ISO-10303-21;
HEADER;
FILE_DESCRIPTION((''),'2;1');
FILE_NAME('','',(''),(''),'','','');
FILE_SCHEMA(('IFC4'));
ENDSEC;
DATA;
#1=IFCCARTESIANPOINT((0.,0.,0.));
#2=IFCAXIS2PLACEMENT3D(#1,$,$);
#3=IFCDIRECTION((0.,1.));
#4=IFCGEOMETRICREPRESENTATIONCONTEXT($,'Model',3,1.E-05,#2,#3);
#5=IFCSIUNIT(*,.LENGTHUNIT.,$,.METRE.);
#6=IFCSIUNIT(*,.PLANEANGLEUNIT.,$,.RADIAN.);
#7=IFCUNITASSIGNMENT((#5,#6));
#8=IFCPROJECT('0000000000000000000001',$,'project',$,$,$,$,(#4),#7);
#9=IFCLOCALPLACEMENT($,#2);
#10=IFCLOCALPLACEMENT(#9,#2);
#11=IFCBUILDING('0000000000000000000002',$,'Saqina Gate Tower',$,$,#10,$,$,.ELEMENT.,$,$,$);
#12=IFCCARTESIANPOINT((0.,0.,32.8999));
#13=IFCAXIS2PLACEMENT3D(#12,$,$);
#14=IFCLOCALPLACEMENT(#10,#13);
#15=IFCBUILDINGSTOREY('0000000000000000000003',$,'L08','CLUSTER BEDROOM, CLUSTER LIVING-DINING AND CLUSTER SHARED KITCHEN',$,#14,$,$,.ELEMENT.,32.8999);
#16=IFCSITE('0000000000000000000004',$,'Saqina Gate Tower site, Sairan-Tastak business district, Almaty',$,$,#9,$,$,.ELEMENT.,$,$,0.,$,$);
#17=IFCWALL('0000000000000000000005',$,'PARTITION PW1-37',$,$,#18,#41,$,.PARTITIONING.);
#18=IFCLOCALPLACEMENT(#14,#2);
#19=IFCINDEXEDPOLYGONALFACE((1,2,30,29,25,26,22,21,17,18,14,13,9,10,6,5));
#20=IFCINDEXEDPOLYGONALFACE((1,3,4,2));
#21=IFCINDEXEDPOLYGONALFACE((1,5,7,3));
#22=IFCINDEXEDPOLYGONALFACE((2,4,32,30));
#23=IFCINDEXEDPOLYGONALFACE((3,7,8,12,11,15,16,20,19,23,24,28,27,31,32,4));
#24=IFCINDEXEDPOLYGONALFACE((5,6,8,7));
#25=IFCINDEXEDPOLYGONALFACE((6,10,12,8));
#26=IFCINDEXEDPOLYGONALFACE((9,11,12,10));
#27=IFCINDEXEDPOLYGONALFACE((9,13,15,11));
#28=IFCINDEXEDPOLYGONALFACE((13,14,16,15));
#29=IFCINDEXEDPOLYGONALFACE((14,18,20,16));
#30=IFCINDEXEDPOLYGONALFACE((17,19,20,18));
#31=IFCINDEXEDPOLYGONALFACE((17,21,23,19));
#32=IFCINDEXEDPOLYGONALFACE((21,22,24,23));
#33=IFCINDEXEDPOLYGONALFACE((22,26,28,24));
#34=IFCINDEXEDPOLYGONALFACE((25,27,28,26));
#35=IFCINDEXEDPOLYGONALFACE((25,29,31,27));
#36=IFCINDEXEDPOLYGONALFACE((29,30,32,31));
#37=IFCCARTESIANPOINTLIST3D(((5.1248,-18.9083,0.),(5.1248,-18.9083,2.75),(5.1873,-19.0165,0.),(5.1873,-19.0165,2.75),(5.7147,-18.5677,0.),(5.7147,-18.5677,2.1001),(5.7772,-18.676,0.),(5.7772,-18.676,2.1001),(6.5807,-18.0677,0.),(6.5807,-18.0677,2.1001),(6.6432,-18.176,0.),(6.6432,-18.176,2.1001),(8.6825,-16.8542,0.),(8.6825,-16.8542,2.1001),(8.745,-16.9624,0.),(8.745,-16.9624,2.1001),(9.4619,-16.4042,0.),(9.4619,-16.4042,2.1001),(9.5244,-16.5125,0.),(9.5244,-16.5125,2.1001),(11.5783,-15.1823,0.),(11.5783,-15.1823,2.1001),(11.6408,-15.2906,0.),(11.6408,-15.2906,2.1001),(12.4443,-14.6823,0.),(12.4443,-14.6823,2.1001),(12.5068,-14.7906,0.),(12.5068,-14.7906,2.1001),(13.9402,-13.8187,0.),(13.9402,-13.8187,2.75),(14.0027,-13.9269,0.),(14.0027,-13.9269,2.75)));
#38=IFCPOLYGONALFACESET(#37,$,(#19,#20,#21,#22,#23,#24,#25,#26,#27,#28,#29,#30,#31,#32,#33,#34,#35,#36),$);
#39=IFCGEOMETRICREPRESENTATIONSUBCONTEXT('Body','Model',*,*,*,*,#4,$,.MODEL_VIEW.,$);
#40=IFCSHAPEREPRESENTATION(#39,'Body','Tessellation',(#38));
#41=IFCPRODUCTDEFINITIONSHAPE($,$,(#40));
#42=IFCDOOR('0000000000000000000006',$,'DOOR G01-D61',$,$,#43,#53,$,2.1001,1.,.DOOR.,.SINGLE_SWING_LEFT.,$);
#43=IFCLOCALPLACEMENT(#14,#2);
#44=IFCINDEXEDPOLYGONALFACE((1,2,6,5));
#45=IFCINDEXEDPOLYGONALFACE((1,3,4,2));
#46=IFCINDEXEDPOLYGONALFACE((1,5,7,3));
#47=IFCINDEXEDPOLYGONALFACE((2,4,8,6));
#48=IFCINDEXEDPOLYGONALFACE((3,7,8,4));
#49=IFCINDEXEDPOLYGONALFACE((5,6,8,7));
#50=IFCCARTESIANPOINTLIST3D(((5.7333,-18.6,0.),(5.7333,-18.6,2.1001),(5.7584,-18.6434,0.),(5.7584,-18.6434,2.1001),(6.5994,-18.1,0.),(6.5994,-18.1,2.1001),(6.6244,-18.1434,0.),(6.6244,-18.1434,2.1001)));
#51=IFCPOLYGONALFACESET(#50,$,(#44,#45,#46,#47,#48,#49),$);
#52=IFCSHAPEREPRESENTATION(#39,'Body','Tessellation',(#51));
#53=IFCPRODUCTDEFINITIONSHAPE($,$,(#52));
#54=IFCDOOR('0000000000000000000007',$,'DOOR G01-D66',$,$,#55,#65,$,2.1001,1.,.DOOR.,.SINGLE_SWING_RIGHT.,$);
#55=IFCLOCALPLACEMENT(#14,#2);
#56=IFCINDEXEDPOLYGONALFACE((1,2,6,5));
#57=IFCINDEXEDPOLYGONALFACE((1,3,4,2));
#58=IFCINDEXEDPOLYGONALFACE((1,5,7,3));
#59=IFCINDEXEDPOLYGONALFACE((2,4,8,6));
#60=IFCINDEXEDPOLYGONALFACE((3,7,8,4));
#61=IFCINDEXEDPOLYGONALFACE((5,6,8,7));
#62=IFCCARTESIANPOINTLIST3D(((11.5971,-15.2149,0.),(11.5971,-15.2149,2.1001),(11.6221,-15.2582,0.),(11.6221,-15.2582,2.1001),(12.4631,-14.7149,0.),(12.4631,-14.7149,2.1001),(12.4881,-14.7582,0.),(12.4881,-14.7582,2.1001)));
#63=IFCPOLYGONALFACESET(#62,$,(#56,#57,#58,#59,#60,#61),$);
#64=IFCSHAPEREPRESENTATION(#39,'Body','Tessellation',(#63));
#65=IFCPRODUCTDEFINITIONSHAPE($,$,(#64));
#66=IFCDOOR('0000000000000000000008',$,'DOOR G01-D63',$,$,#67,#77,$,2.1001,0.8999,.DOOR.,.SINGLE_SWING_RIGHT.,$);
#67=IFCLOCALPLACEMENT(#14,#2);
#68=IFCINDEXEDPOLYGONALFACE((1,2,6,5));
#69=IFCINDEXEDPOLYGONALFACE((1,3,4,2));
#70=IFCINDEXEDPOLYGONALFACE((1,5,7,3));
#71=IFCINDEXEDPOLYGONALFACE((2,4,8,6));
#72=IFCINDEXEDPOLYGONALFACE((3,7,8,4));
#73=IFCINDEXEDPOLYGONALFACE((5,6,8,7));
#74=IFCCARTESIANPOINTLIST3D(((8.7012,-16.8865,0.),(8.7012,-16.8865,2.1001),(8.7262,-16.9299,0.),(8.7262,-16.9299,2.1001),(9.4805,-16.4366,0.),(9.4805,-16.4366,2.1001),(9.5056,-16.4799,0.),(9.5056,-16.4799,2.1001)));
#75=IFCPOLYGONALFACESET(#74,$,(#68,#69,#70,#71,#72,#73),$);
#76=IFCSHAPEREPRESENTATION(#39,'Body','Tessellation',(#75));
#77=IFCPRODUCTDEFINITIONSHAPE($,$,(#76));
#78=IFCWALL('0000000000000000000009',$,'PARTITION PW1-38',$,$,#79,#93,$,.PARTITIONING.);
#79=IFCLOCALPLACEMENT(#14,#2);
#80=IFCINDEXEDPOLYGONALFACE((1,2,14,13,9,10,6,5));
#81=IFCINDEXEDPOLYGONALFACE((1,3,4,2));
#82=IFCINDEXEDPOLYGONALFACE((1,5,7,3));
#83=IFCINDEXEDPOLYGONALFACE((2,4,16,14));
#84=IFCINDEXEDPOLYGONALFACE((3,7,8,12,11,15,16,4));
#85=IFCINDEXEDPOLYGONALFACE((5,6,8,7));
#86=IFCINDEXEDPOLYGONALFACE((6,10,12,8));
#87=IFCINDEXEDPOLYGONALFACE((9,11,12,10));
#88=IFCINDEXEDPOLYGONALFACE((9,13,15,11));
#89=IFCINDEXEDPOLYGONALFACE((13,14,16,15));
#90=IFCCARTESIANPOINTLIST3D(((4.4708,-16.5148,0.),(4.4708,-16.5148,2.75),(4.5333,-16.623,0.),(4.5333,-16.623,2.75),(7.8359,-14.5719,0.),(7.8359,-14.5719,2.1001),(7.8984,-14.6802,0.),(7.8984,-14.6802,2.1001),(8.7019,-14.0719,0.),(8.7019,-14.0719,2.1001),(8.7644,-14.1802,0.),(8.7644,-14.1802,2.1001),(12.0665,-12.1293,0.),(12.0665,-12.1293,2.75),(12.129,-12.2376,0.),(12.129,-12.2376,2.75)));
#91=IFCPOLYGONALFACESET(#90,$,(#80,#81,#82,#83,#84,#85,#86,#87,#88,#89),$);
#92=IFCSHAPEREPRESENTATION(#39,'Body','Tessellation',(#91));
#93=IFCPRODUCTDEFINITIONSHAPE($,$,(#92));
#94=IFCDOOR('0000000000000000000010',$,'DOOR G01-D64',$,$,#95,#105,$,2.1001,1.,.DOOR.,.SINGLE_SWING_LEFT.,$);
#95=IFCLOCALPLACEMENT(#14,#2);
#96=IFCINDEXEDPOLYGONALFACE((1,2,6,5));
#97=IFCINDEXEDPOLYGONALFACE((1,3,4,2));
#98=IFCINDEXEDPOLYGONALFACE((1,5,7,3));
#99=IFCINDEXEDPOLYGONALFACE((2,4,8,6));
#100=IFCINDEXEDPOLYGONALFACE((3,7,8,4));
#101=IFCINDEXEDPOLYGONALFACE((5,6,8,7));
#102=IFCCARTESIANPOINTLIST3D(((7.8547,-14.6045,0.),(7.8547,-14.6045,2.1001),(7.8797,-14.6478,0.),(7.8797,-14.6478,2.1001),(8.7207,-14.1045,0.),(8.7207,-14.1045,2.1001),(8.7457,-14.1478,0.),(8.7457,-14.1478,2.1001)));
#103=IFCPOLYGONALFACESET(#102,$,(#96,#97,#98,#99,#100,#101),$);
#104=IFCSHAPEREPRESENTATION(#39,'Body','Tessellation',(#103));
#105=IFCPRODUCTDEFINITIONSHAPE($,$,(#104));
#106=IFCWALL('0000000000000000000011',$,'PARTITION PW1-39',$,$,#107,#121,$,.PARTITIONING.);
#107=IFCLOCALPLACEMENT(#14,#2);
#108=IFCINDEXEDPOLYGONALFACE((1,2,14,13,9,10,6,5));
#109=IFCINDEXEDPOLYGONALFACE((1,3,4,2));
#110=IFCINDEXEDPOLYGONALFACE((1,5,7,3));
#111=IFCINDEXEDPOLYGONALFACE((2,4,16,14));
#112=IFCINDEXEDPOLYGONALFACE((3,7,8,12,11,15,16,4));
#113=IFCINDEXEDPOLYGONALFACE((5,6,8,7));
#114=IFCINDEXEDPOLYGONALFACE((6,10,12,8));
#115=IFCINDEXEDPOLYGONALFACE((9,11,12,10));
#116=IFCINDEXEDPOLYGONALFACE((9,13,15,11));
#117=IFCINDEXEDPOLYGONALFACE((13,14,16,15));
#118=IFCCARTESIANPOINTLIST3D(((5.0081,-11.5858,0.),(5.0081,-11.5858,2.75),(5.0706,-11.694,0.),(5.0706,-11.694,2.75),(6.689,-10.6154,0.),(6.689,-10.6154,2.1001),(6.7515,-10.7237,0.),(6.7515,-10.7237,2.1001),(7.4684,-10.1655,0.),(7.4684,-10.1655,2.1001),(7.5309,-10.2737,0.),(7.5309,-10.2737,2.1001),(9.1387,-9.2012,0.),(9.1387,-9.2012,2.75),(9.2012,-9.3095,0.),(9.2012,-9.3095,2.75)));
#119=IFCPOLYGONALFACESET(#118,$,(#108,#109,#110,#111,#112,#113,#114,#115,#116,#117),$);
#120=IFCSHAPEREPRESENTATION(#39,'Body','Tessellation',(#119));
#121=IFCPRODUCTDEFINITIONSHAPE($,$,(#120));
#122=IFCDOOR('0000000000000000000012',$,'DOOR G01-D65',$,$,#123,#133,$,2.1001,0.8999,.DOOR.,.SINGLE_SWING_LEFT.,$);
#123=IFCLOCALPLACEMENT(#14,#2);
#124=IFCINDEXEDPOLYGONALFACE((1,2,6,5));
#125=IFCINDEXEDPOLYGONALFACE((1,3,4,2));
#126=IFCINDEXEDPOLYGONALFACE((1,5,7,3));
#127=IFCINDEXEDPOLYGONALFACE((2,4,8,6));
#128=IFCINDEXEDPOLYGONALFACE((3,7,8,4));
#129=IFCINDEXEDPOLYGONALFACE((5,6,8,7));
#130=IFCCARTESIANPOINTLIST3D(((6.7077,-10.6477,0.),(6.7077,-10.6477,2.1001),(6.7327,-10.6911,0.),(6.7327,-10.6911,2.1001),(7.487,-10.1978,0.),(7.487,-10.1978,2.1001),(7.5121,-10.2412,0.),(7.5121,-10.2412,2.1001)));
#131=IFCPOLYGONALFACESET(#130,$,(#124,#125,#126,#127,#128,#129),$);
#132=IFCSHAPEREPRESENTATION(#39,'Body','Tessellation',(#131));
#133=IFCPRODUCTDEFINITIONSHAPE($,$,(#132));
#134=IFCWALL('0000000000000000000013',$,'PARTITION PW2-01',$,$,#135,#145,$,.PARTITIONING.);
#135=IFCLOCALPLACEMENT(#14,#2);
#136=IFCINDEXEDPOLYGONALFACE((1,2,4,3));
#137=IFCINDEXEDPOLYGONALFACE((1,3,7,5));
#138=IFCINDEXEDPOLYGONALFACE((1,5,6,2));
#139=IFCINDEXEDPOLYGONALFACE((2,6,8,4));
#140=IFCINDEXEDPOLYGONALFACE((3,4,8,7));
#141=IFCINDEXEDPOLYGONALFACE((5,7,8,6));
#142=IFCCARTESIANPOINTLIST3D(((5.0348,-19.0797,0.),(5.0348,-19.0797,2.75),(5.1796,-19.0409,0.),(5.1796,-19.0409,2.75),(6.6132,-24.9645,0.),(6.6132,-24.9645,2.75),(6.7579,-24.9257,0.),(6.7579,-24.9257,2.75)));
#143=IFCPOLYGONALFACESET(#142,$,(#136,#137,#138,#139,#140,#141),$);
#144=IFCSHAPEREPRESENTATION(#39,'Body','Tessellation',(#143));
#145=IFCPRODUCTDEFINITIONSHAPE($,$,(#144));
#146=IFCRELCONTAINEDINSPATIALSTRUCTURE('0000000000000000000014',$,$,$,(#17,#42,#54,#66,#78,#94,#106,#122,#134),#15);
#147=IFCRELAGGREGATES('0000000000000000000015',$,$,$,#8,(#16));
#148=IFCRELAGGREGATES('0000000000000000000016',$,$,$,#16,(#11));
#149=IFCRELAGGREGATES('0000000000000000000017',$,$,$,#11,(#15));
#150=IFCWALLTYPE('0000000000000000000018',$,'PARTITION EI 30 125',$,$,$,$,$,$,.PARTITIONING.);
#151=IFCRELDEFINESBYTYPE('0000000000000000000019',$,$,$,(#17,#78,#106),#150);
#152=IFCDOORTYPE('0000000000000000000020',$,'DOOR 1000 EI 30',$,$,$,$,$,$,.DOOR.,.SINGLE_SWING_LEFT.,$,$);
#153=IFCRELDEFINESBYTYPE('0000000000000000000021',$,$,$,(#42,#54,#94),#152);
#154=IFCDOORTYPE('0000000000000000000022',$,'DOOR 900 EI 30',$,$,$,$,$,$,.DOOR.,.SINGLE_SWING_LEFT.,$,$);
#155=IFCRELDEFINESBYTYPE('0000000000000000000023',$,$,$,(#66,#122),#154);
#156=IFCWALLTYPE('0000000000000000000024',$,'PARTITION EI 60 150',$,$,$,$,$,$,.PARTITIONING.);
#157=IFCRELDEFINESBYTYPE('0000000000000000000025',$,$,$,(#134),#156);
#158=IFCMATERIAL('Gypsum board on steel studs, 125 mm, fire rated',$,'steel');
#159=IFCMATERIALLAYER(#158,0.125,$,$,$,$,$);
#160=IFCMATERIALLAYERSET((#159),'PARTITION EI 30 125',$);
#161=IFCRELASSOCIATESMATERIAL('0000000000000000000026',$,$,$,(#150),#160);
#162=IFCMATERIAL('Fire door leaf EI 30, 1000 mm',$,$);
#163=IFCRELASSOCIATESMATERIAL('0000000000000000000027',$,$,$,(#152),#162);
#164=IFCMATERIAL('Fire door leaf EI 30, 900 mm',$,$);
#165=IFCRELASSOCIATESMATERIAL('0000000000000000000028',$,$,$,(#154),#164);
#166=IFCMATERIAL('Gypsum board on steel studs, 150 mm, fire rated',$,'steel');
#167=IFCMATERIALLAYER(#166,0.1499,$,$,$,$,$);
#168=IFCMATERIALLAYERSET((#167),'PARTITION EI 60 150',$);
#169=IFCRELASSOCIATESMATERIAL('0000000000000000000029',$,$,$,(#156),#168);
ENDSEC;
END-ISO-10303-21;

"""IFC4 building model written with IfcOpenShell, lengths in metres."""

from ifc_helpers import new_model, si_unit, direction, frame, frame_2d, origin, place, context, subcontext, project, spatial, rectangle, extrude, material, layer, layer_set, type_object, element, fill, save


model = new_model("IFC4")

# Units and contexts
model_context = context("Model", 3, precision=1e-05, world=origin(), true_north=direction((0.0, 1.0)))
body_context = subcontext(model_context, "Body", "Model", "MODEL_VIEW")
ifc_project = project(units=[si_unit("LENGTHUNIT", "METRE"), si_unit("PLANEANGLEUNIT", "RADIAN")], contexts=[model_context])

# Site, building, storey
site_placement = place(None, origin())
site = spatial("IfcSite", under=ifc_project, at=site_placement, Name="Saqina Gate Tower site, Sairan-Tastak business district, Almaty", CompositionType="ELEMENT", RefElevation=0.0)
building_placement = place(site_placement, origin())
building = spatial("IfcBuilding", under=site, at=building_placement, Name="Saqina Gate Tower", CompositionType="ELEMENT")
storey_placement = place(building_placement, frame((0.0, 0.0, 32.8999)))
storey = spatial("IfcBuildingStorey", under=building, at=storey_placement, Name="L08", Description="CLUSTER BEDROOM, CLUSTER LIVING-DINING AND CLUSTER SHARED KITCHEN", CompositionType="ELEMENT", Elevation=32.8999)

# Wall, openings, doors
ifc_material_1 = material(Name="Gypsum board on steel studs, 125 mm, fire rated", Category="steel")
ifc_layer_1 = layer(ifc_material_1, 0.125)
ifc_layer_set_1 = layer_set([ifc_layer_1], Name="PARTITION EI 30 125")
wall_type_1 = type_object("IfcWallType", Name="PARTITION EI 30 125", PredefinedType="PARTITIONING", material=ifc_layer_set_1)
wall_1_placement = place(storey_placement, frame((5.156, -18.9624, 0.0), z_axis=(0.0, 0.0, 1.0), x_axis=(0.866025, 0.500001, 0.0)))
wall_1 = element("IfcWall", 1, at=wall_1_placement, inside=storey, type_object=wall_type_1, Name="PARTITION PW1-37", PredefinedType="PARTITIONING", context=body_context, shape_type="SweptSolid", body=[
    extrude(rectangle(XDim=10.1792, YDim=0.125, at=frame_2d((5.0896, 0.0))), origin(), (0.0, 0.0, 1.0), 2.75),
])
opening_1_placement = place(wall_1_placement, frame((0.6812, 0.0, 0.0)))
opening_1 = element("IfcOpeningElement", 2, at=opening_1_placement, cuts=wall_1, PredefinedType="OPENING", context=body_context, shape_type="SweptSolid", body=[
    extrude(rectangle(XDim=1.0, YDim=2.1001, at=frame_2d((0.5, 1.05))), frame((0.0, 0.0745, 0.0), z_axis=(0.0, -1.0, 0.0), x_axis=(1.0, 0.0, 0.0)), (0.0, 0.0, 1.0), 0.1489),
])
opening_2_placement = place(wall_1_placement, frame((4.1082, 0.0, 0.0)))
opening_2 = element("IfcOpeningElement", 3, at=opening_2_placement, cuts=wall_1, PredefinedType="OPENING", context=body_context, shape_type="SweptSolid", body=[
    extrude(rectangle(XDim=0.8999, YDim=2.1001, at=frame_2d((0.45, 1.05))), frame((0.0, 0.0745, 0.0), z_axis=(0.0, -1.0, 0.0), x_axis=(1.0, 0.0, 0.0)), (0.0, 0.0, 1.0), 0.1489),
])
opening_3_placement = place(wall_1_placement, frame((7.4519, 0.0, 0.0)))
opening_3 = element("IfcOpeningElement", 4, at=opening_3_placement, cuts=wall_1, PredefinedType="OPENING", context=body_context, shape_type="SweptSolid", body=[
    extrude(rectangle(XDim=1.0, YDim=2.1001, at=frame_2d((0.5, 1.05))), frame((0.0, 0.0745, 0.0), z_axis=(0.0, -1.0, 0.0), x_axis=(1.0, 0.0, 0.0)), (0.0, 0.0, 1.0), 0.1489),
])
ifc_material_2 = material(Name="Fire door leaf EI 30, 1000 mm")
door_type_1 = type_object("IfcDoorType", Name="DOOR 1000 EI 30", OperationType="SINGLE_SWING_LEFT", PredefinedType="DOOR", material=ifc_material_2)
door_1_placement = place(opening_1_placement, frame((1.0, 0.0, 0.0), z_axis=(0.0, 0.0, 1.0), x_axis=(-1.0, 0.0, 0.0)))
door_1 = element("IfcDoor", 5, at=door_1_placement, inside=storey, type_object=door_type_1, Name="DOOR G01-D61", OperationType="SINGLE_SWING_LEFT", OverallHeight=2.1001, OverallWidth=1.0, PredefinedType="DOOR", context=body_context, shape_type="SweptSolid", body=[
    extrude(rectangle(XDim=1.0, YDim=2.1001, at=frame_2d((0.5, 1.05))), frame((0.0, 0.0249, 0.0), z_axis=(0.0, -1.0, 0.0), x_axis=(1.0, 0.0, 0.0)), (0.0, 0.0, 1.0), 0.05),
])
fill(opening_1, door_1)
door_2_placement = place(opening_3_placement, origin())
door_2 = element("IfcDoor", 6, at=door_2_placement, inside=storey, type_object=door_type_1, Name="DOOR G01-D66", OperationType="SINGLE_SWING_RIGHT", OverallHeight=2.1001, OverallWidth=1.0, PredefinedType="DOOR", context=body_context, shape_type="SweptSolid", body=[
    extrude(rectangle(XDim=1.0, YDim=2.1001, at=frame_2d((0.5, 1.05))), frame((0.0, 0.0249, 0.0), z_axis=(0.0, -1.0, 0.0), x_axis=(1.0, 0.0, 0.0)), (0.0, 0.0, 1.0), 0.05),
])
fill(opening_3, door_2)
ifc_material_3 = material(Name="Fire door leaf EI 30, 900 mm")
door_type_2 = type_object("IfcDoorType", Name="DOOR 900 EI 30", OperationType="SINGLE_SWING_LEFT", PredefinedType="DOOR", material=ifc_material_3)
door_3_placement = place(opening_2_placement, frame((0.8999, 0.0, 0.0), z_axis=(0.0, 0.0, 1.0), x_axis=(-1.0, 0.0, 0.0)))
door_3 = element("IfcDoor", 7, at=door_3_placement, inside=storey, type_object=door_type_2, Name="DOOR G01-D63", OperationType="SINGLE_SWING_RIGHT", OverallHeight=2.1001, OverallWidth=0.8999, PredefinedType="DOOR", context=body_context, shape_type="SweptSolid", body=[
    extrude(rectangle(XDim=0.8999, YDim=2.1001, at=frame_2d((0.45, 1.05))), frame((0.0, 0.0249, 0.0), z_axis=(0.0, -1.0, 0.0), x_axis=(1.0, 0.0, 0.0)), (0.0, 0.0, 1.0), 0.05),
])
fill(opening_2, door_3)

# Walls, openings, doors
wall_2_placement = place(storey_placement, frame((4.5022, -16.5688, 0.0), z_axis=(0.0, 0.0, 1.0), x_axis=(0.86602, 0.50001, 0.0)))
wall_2 = element("IfcWall", 8, at=wall_2_placement, inside=storey, type_object=wall_type_1, Name="PARTITION PW1-38", PredefinedType="PARTITIONING", context=body_context, shape_type="SweptSolid", body=[
    extrude(rectangle(XDim=8.7708, YDim=0.125, at=frame_2d((4.3853, 0.0))), origin(), (0.0, 0.0, 1.0), 2.75),
])
opening_4_placement = place(wall_2_placement, frame((3.8855, 0.0, 0.0)))
opening_4 = element("IfcOpeningElement", 9, at=opening_4_placement, cuts=wall_2, PredefinedType="OPENING", context=body_context, shape_type="SweptSolid", body=[
    extrude(rectangle(XDim=1.0, YDim=2.1001, at=frame_2d((0.5, 1.05))), frame((0.0, 0.0745, 0.0), z_axis=(0.0, -1.0, 0.0), x_axis=(1.0, 0.0, 0.0)), (0.0, 0.0, 1.0), 0.1489),
])
door_4_placement = place(opening_4_placement, origin())
door_4 = element("IfcDoor", 10, at=door_4_placement, inside=storey, type_object=door_type_1, Name="DOOR G01-D64", OperationType="SINGLE_SWING_LEFT", OverallHeight=2.1001, OverallWidth=1.0, PredefinedType="DOOR", context=body_context, shape_type="SweptSolid", body=[
    extrude(rectangle(XDim=1.0, YDim=2.1001, at=frame_2d((0.5, 1.05))), frame((0.0, 0.0249, 0.0), z_axis=(0.0, -1.0, 0.0), x_axis=(1.0, 0.0, 0.0)), (0.0, 0.0, 1.0), 0.05),
])
fill(opening_4, door_4)
wall_3_placement = place(storey_placement, frame((5.0393, -11.6399, 0.0), z_axis=(0.0, 0.0, 1.0), x_axis=(0.866052, 0.499954, 0.0)))
wall_3 = element("IfcWall", 11, at=wall_3_placement, inside=storey, type_object=wall_type_1, Name="PARTITION PW1-39", PredefinedType="PARTITIONING", context=body_context, shape_type="SweptSolid", body=[
    extrude(rectangle(XDim=4.7695, YDim=0.125, at=frame_2d((2.3848, 0.0))), origin(), (0.0, 0.0, 1.0), 2.75),
])
opening_5_placement = place(wall_3_placement, frame((1.9409, 0.0, 0.0)))
opening_5 = element("IfcOpeningElement", 12, at=opening_5_placement, cuts=wall_3, PredefinedType="OPENING", context=body_context, shape_type="SweptSolid", body=[
    extrude(rectangle(XDim=0.8999, YDim=2.1001, at=frame_2d((0.45, 1.05))), frame((0.0, 0.0745, 0.0), z_axis=(0.0, -1.0, 0.0), x_axis=(1.0, 0.0, 0.0)), (0.0, 0.0, 1.0), 0.1489),
])
door_5_placement = place(opening_5_placement, frame((0.8999, 0.0, 0.0), z_axis=(0.0, 0.0, 1.0), x_axis=(-1.0, 0.0, 0.0)))
door_5 = element("IfcDoor", 13, at=door_5_placement, inside=storey, type_object=door_type_2, Name="DOOR G01-D65", OperationType="SINGLE_SWING_LEFT", OverallHeight=2.1001, OverallWidth=0.8999, PredefinedType="DOOR", context=body_context, shape_type="SweptSolid", body=[
    extrude(rectangle(XDim=0.8999, YDim=2.1001, at=frame_2d((0.45, 1.05))), frame((0.0, 0.0249, 0.0), z_axis=(0.0, -1.0, 0.0), x_axis=(1.0, 0.0, 0.0)), (0.0, 0.0, 1.0), 0.05),
])
fill(opening_5, door_5)

# Wall
ifc_material_4 = material(Name="Gypsum board on steel studs, 150 mm, fire rated", Category="steel")
ifc_layer_2 = layer(ifc_material_4, 0.1499)
ifc_layer_set_2 = layer_set([ifc_layer_2], Name="PARTITION EI 60 150")
wall_type_2 = type_object("IfcWallType", Name="PARTITION EI 60 150", PredefinedType="PARTITIONING", material=ifc_layer_set_2)
wall_4_placement = place(storey_placement, frame((5.1072, -19.0603, 0.0), z_axis=(0.0, 0.0, 1.0), x_axis=(0.259057, -0.965862, 0.0)))
element("IfcWall", 14, at=wall_4_placement, inside=storey, type_object=wall_type_2, Name="PARTITION PW2-01", PredefinedType="PARTITIONING", context=body_context, shape_type="SweptSolid", body=[
    extrude(rectangle(XDim=6.0928, YDim=0.1499, at=frame_2d((3.0464, 0.0))), origin(), (0.0, 0.0, 1.0), 2.75),
])

save(model, "model.ifc")
